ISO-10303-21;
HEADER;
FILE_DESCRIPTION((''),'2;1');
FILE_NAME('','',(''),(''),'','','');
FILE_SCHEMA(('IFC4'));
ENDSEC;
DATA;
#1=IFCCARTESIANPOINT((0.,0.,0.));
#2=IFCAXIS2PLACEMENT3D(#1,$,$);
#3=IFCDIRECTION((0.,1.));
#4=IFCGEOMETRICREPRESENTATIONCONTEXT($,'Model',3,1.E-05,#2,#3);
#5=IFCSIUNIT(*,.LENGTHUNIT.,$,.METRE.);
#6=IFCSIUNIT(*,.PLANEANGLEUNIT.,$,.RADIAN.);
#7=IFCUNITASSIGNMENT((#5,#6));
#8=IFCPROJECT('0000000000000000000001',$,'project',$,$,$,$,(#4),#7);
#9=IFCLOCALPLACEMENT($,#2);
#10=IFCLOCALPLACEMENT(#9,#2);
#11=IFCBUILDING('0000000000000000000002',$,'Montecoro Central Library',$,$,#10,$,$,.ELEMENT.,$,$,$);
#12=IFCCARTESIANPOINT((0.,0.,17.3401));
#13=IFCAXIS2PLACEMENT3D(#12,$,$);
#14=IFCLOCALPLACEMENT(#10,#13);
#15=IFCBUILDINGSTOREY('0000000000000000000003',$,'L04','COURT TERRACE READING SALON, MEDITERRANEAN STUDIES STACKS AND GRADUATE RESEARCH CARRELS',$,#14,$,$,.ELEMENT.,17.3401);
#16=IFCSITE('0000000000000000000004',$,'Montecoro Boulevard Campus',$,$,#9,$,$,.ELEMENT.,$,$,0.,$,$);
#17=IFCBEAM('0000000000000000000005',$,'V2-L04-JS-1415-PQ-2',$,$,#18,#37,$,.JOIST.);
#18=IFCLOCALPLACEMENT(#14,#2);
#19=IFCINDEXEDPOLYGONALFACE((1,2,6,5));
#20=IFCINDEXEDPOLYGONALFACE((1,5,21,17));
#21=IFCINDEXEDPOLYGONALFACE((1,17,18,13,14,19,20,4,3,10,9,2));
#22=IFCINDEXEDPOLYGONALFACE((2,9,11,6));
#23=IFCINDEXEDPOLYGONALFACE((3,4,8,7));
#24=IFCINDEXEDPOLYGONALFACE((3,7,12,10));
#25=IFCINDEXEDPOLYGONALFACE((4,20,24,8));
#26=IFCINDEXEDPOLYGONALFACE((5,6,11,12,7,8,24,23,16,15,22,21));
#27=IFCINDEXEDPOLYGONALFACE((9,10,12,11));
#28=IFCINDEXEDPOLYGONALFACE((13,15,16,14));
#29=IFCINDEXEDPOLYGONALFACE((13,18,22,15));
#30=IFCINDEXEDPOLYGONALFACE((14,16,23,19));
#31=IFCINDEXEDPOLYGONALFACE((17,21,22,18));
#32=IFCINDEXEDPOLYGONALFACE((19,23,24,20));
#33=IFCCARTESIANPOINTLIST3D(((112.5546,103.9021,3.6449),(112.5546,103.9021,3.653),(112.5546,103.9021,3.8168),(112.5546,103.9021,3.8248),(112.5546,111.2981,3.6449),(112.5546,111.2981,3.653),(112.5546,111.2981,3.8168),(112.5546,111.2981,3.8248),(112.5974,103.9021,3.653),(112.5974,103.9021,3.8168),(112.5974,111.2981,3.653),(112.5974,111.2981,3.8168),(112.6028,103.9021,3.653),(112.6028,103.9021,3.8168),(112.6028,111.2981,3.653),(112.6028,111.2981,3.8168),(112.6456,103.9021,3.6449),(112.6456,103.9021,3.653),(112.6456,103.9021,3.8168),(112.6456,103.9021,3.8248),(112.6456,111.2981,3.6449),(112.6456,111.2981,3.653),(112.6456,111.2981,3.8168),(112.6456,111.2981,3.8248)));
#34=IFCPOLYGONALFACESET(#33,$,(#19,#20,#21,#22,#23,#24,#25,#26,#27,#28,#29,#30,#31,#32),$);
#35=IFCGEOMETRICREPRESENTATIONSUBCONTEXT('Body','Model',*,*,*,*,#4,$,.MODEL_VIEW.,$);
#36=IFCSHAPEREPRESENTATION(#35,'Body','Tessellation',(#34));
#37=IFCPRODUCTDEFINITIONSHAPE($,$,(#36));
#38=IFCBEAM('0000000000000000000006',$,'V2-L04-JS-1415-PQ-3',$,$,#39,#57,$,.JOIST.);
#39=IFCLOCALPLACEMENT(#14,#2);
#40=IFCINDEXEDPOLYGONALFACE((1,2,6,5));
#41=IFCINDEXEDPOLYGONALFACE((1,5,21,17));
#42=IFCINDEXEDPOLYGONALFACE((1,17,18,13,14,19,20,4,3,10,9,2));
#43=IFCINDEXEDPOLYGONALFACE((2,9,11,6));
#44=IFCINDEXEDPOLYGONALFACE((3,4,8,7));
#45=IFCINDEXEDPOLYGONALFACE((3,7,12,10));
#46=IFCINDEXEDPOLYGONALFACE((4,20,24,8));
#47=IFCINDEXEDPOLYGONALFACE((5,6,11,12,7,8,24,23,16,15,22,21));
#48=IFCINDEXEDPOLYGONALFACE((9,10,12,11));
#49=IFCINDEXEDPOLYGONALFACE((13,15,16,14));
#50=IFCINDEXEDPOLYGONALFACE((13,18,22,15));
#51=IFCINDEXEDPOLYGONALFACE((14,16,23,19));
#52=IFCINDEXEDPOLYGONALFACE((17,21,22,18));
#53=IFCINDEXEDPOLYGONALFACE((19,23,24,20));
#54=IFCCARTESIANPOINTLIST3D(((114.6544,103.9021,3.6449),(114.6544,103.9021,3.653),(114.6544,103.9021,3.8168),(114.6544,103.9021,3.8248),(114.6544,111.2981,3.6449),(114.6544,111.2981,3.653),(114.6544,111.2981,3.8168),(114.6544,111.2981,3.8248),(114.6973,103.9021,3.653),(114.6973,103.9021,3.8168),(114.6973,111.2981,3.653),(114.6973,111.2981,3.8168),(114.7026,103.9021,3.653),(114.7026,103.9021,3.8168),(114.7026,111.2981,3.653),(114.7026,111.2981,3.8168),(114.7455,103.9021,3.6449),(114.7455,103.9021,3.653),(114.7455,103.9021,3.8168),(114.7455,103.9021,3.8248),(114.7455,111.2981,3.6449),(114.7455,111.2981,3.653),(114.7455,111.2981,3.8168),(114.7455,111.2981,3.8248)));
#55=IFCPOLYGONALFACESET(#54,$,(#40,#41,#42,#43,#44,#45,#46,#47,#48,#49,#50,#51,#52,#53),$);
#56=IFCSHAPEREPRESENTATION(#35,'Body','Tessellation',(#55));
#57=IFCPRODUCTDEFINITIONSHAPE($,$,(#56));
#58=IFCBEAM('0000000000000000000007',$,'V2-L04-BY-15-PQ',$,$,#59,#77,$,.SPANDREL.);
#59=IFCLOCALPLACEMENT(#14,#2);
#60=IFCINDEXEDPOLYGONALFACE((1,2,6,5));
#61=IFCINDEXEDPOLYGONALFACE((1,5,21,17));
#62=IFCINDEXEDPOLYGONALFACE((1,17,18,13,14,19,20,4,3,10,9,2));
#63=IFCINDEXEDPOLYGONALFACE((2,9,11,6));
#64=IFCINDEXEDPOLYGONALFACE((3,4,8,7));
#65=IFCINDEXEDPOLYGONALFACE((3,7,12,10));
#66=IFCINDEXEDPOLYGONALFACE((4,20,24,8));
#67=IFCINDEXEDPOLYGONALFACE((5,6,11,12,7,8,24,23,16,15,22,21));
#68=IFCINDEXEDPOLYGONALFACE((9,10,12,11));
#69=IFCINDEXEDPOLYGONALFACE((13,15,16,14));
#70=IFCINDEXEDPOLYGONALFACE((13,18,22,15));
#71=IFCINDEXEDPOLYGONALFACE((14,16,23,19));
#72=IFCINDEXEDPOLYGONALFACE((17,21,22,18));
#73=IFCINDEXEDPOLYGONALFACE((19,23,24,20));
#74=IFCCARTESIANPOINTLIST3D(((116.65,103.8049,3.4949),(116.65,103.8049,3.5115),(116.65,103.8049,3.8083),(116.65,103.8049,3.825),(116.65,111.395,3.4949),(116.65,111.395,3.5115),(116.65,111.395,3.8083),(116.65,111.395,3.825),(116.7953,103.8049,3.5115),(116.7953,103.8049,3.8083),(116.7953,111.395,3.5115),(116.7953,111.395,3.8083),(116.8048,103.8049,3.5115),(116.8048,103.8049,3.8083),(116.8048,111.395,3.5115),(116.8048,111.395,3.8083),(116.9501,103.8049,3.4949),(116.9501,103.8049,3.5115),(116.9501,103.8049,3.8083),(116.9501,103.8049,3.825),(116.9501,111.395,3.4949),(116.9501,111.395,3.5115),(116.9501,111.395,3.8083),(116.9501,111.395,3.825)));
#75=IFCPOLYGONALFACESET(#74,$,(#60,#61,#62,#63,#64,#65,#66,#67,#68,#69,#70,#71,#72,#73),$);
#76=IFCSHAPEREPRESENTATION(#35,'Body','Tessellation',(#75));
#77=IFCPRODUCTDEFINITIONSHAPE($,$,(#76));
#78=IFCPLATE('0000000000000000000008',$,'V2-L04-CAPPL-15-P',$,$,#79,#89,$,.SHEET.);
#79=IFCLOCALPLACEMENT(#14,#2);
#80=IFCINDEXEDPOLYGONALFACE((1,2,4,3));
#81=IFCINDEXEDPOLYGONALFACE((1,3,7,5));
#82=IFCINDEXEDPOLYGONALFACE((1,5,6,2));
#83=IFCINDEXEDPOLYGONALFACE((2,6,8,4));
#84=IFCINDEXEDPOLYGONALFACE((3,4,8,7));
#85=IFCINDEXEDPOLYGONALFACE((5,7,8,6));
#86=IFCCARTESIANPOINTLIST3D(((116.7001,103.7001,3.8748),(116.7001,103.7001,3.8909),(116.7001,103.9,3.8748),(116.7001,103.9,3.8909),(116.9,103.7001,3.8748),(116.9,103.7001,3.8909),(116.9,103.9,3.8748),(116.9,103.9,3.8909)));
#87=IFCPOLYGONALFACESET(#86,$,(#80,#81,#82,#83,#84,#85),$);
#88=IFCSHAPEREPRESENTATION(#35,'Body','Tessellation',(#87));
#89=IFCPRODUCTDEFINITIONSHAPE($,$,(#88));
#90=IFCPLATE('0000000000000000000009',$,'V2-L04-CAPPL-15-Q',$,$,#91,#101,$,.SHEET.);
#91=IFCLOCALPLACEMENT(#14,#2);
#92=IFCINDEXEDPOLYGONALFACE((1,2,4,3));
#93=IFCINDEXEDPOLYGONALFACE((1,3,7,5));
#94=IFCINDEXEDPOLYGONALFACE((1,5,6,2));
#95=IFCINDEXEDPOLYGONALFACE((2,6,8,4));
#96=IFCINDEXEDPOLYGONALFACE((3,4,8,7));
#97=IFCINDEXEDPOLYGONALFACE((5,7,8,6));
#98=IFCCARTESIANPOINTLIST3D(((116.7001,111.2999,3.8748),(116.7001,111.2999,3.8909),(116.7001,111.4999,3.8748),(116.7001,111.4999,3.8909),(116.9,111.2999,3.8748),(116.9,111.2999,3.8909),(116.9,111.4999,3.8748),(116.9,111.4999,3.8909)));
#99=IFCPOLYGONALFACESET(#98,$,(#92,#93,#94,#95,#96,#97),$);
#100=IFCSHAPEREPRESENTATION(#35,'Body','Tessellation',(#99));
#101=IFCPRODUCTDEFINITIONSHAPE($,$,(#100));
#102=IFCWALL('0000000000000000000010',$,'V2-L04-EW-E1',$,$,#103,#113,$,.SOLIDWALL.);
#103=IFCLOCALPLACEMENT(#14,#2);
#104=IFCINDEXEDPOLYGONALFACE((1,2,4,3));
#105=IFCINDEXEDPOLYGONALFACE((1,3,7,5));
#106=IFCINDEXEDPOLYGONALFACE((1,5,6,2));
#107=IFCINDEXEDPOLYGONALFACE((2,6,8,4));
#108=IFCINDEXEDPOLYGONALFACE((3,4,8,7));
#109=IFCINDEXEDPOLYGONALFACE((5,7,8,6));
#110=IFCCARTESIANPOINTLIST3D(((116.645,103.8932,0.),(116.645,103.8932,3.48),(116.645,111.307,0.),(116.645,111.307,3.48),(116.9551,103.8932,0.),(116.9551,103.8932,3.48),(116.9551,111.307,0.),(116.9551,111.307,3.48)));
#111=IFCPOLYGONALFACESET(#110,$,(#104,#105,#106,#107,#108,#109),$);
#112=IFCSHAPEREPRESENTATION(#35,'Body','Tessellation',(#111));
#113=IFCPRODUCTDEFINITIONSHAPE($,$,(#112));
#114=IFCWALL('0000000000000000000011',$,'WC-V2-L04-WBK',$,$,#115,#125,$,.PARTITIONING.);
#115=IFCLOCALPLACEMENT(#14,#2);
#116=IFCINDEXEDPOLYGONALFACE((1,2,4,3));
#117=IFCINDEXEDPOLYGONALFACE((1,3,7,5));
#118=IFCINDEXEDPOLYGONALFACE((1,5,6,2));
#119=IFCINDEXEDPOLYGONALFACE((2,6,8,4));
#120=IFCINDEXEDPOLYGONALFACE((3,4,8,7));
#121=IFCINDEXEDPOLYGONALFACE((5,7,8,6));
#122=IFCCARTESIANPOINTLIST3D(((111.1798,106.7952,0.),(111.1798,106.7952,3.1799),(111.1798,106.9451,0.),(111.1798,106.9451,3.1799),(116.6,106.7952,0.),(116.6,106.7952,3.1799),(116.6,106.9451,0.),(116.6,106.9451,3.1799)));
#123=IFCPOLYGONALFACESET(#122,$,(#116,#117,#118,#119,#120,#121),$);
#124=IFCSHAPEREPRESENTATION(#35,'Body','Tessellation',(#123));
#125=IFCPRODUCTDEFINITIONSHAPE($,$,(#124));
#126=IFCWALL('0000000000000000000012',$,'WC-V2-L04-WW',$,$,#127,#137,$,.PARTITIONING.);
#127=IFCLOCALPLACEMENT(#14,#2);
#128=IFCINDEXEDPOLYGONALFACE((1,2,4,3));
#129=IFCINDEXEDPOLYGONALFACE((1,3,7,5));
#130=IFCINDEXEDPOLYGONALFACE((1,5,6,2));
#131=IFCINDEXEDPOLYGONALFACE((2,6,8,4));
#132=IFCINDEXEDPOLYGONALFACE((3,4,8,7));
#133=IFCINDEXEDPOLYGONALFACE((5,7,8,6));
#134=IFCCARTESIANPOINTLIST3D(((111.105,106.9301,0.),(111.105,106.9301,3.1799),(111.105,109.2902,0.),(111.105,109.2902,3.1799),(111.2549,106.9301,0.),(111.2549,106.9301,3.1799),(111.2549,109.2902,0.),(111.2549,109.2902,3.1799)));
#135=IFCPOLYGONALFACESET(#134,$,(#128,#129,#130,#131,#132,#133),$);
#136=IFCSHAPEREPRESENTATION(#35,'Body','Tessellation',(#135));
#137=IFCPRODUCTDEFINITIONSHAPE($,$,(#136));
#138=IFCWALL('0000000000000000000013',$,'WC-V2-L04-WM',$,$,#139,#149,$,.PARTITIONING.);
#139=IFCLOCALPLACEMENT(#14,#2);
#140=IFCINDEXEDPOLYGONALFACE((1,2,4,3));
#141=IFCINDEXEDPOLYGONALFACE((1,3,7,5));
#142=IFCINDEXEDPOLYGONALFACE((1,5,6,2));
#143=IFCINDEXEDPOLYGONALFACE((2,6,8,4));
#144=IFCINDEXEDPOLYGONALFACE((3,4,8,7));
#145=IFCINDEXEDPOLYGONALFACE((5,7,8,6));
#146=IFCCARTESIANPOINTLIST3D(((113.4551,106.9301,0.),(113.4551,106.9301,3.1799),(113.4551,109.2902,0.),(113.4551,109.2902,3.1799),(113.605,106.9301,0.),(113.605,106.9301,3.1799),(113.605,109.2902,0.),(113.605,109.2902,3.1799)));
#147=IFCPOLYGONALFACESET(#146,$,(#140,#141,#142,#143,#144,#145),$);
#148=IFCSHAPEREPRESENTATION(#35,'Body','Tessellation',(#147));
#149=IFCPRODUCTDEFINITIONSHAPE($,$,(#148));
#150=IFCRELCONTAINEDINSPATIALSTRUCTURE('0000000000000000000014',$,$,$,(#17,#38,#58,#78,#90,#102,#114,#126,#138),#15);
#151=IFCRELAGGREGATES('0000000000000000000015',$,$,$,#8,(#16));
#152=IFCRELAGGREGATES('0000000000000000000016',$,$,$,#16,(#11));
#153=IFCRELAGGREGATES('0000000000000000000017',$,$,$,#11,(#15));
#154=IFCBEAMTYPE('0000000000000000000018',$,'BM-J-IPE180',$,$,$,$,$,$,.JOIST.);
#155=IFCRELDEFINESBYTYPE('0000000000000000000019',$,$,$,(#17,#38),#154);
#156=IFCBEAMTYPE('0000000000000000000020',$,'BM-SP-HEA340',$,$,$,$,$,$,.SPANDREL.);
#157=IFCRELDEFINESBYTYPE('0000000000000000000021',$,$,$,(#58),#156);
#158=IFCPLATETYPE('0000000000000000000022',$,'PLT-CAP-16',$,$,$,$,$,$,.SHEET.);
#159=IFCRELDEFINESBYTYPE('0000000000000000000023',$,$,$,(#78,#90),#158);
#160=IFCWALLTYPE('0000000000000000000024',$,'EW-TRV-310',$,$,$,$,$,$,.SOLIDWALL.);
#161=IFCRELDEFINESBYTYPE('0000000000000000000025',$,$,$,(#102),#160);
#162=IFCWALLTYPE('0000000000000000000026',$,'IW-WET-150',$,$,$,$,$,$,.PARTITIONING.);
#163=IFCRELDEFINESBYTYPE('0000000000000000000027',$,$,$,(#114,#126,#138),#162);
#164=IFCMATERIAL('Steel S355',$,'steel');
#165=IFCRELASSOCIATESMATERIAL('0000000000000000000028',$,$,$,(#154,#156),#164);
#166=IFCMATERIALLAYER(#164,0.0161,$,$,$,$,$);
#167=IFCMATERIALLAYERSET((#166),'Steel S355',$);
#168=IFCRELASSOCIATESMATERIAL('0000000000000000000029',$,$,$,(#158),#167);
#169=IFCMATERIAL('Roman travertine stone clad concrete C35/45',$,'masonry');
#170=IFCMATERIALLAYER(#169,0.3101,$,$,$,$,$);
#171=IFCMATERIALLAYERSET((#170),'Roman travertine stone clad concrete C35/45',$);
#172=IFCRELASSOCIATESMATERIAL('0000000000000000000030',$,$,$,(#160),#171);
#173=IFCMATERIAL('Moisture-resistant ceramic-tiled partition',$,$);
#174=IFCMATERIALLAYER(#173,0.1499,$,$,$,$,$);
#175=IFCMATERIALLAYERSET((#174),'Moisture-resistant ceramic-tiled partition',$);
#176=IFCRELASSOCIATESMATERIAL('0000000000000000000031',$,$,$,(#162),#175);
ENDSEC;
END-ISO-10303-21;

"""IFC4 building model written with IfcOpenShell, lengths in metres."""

from ifc_helpers import new_model, si_unit, direction, frame, frame_2d, origin, origin_2d, place, context, subcontext, project, spatial, rectangle, i_section, extrude, material, layer, layer_set, material_profile, profile_set, type_object, element, save


model = new_model("IFC4")

# Units and contexts
model_context = context("Model", 3, precision=1e-05, world=origin(), true_north=direction((0.0, 1.0)))
body_context = subcontext(model_context, "Body", "Model", "MODEL_VIEW")
ifc_project = project(units=[si_unit("LENGTHUNIT", "METRE"), si_unit("PLANEANGLEUNIT", "RADIAN")], contexts=[model_context])

# Site, building, storey
site_placement = place(None, origin())
site = spatial("IfcSite", under=ifc_project, at=site_placement, Name="Montecoro Boulevard Campus", CompositionType="ELEMENT", RefElevation=0.0)
building_placement = place(site_placement, origin())
building = spatial("IfcBuilding", under=site, at=building_placement, Name="Montecoro Central Library", CompositionType="ELEMENT")
storey_placement = place(building_placement, frame((0.0, 0.0, 17.3401)))
storey = spatial("IfcBuildingStorey", under=building, at=storey_placement, Name="L04", Description="COURT TERRACE READING SALON, MEDITERRANEAN STUDIES STACKS AND GRADUATE RESEARCH CARRELS", CompositionType="ELEMENT", Elevation=17.3401)

# Shared definitions
ifc_material_1 = material(Name="Steel S355", Category="steel")

# Beams
ifc_material_profile_1 = material_profile(ifc_material_1, i_section(OverallWidth=0.0911, OverallDepth=0.1799, WebThickness=0.0054, FlangeThickness=0.0081, at=origin_2d()), Name="IPE 180")
ifc_profile_set_1 = profile_set([ifc_material_profile_1], Name="Steel S355")
beam_type_1 = type_object("IfcBeamType", Name="BM-J-IPE180", PredefinedType="JOIST", material=ifc_profile_set_1)
for number, where, z_axis, x_axis, name in (
    (1, (112.6001, 103.9021, 3.7349), (0.0, 1.0, 0.0), (-1.0, 0.0, 0.0), "V2-L04-JS-1415-PQ-2"),
    (2, (114.7, 103.9021, 3.7349), (0.0, 1.0, 0.0), (-1.0, 0.0, 0.0), "V2-L04-JS-1415-PQ-3"),
):
    element("IfcBeam", number, at=place(storey_placement, frame(where, z_axis=z_axis, x_axis=x_axis)), inside=storey, type_object=beam_type_1, Name=name, PredefinedType="JOIST", context=body_context, shape_type="SweptSolid", body=[
        extrude(i_section(OverallWidth=0.0911, OverallDepth=0.1799, WebThickness=0.0054, FlangeThickness=0.0081, at=origin_2d()), origin(), (0.0, 0.0, 1.0), 7.396),
    ])
ifc_material_profile_2 = material_profile(ifc_material_1, i_section(OverallWidth=0.3, OverallDepth=0.3301, WebThickness=0.0095, FlangeThickness=0.0166, at=origin_2d()), Name="HEA 340")
ifc_profile_set_2 = profile_set([ifc_material_profile_2], Name="Steel S355")
beam_type_2 = type_object("IfcBeamType", Name="BM-SP-HEA340", PredefinedType="SPANDREL", material=ifc_profile_set_2)
beam_placement = place(storey_placement, frame((116.8, 103.8049, 3.6599), z_axis=(0.0, 1.0, 0.0), x_axis=(-1.0, 0.0, 0.0)))
element("IfcBeam", 3, at=beam_placement, inside=storey, type_object=beam_type_2, Name="V2-L04-BY-15-PQ", PredefinedType="SPANDREL", context=body_context, shape_type="SweptSolid", body=[
    extrude(i_section(OverallWidth=0.3, OverallDepth=0.3301, WebThickness=0.0095, FlangeThickness=0.0166, at=origin_2d()), origin(), (0.0, 0.0, 1.0), 7.5901),
])

# Plates
ifc_layer_1 = layer(ifc_material_1, 0.0161)
ifc_layer_set_1 = layer_set([ifc_layer_1], Name="Steel S355")
plate_type = type_object("IfcPlateType", Name="PLT-CAP-16", PredefinedType="SHEET", material=ifc_layer_set_1)
for number, where, z_axis, x_axis, name in (
    (4, (116.8, 103.8, 3.8748), (0.0, 0.0, 1.0), (1.0, 0.0, 0.0), "V2-L04-CAPPL-15-P"),
    (5, (116.8, 111.3999, 3.8748), (0.0, 0.0, 1.0), (1.0, 0.0, 0.0), "V2-L04-CAPPL-15-Q"),
):
    element("IfcPlate", number, at=place(storey_placement, frame(where, z_axis=z_axis, x_axis=x_axis)), inside=storey, type_object=plate_type, Name=name, PredefinedType="SHEET", context=body_context, shape_type="SweptSolid", body=[
        extrude(rectangle(XDim=0.2, YDim=0.2, at=origin_2d()), origin(), (0.0, 0.0, 1.0), 0.0161),
    ])

# Wall
ifc_material_2 = material(Name="Roman travertine stone clad concrete C35/45", Category="masonry")
ifc_layer_2 = layer(ifc_material_2, 0.3101)
ifc_layer_set_2 = layer_set([ifc_layer_2], Name="Roman travertine stone clad concrete C35/45")
wall_type_1 = type_object("IfcWallType", Name="EW-TRV-310", PredefinedType="SOLIDWALL", material=ifc_layer_set_2)
wall_1_placement = place(storey_placement, frame((116.8, 103.8931, 0.0), z_axis=(0.0, 0.0, 1.0), x_axis=(0.0, 1.0, 0.0)))
element("IfcWall", 6, at=wall_1_placement, inside=storey, type_object=wall_type_1, Name="V2-L04-EW-E1", PredefinedType="SOLIDWALL", context=body_context, shape_type="SweptSolid", body=[
    extrude(rectangle(XDim=7.4138, YDim=0.3101, at=frame_2d((3.707, 0.0))), origin(), (0.0, 0.0, 1.0), 3.48),
])

# Walls
ifc_material_3 = material(Name="Moisture-resistant ceramic-tiled partition")
ifc_layer_3 = layer(ifc_material_3, 0.1499)
ifc_layer_set_3 = layer_set([ifc_layer_3], Name="Moisture-resistant ceramic-tiled partition")
wall_type_2 = type_object("IfcWallType", Name="IW-WET-150", PredefinedType="PARTITIONING", material=ifc_layer_set_3)
wall_2_placement = place(storey_placement, frame((111.1799, 106.8701, 0.0), z_axis=(0.0, 0.0, 1.0), x_axis=(1.0, 0.0, 0.0)))
element("IfcWall", 7, at=wall_2_placement, inside=storey, type_object=wall_type_2, Name="WC-V2-L04-WBK", PredefinedType="PARTITIONING", context=body_context, shape_type="SweptSolid", body=[
    extrude(rectangle(XDim=5.4202, YDim=0.1499, at=frame_2d((2.71, 0.0))), origin(), (0.0, 0.0, 1.0), 3.1799),
])
for number, where, z_axis, x_axis, name in (
    (8, (111.1799, 106.9299, 0.0), (0.0, 0.0, 1.0), (0.0, 1.0, 0.0), "WC-V2-L04-WW"),
    (9, (113.53, 106.9299, 0.0), (0.0, 0.0, 1.0), (0.0, 1.0, 0.0), "WC-V2-L04-WM"),
):
    element("IfcWall", number, at=place(storey_placement, frame(where, z_axis=z_axis, x_axis=x_axis)), inside=storey, type_object=wall_type_2, Name=name, PredefinedType="PARTITIONING", context=body_context, shape_type="SweptSolid", body=[
        extrude(rectangle(XDim=2.3601, YDim=0.1499, at=frame_2d((1.1802, 0.0))), origin(), (0.0, 0.0, 1.0), 3.1799),
    ])

save(model, "model.ifc")
